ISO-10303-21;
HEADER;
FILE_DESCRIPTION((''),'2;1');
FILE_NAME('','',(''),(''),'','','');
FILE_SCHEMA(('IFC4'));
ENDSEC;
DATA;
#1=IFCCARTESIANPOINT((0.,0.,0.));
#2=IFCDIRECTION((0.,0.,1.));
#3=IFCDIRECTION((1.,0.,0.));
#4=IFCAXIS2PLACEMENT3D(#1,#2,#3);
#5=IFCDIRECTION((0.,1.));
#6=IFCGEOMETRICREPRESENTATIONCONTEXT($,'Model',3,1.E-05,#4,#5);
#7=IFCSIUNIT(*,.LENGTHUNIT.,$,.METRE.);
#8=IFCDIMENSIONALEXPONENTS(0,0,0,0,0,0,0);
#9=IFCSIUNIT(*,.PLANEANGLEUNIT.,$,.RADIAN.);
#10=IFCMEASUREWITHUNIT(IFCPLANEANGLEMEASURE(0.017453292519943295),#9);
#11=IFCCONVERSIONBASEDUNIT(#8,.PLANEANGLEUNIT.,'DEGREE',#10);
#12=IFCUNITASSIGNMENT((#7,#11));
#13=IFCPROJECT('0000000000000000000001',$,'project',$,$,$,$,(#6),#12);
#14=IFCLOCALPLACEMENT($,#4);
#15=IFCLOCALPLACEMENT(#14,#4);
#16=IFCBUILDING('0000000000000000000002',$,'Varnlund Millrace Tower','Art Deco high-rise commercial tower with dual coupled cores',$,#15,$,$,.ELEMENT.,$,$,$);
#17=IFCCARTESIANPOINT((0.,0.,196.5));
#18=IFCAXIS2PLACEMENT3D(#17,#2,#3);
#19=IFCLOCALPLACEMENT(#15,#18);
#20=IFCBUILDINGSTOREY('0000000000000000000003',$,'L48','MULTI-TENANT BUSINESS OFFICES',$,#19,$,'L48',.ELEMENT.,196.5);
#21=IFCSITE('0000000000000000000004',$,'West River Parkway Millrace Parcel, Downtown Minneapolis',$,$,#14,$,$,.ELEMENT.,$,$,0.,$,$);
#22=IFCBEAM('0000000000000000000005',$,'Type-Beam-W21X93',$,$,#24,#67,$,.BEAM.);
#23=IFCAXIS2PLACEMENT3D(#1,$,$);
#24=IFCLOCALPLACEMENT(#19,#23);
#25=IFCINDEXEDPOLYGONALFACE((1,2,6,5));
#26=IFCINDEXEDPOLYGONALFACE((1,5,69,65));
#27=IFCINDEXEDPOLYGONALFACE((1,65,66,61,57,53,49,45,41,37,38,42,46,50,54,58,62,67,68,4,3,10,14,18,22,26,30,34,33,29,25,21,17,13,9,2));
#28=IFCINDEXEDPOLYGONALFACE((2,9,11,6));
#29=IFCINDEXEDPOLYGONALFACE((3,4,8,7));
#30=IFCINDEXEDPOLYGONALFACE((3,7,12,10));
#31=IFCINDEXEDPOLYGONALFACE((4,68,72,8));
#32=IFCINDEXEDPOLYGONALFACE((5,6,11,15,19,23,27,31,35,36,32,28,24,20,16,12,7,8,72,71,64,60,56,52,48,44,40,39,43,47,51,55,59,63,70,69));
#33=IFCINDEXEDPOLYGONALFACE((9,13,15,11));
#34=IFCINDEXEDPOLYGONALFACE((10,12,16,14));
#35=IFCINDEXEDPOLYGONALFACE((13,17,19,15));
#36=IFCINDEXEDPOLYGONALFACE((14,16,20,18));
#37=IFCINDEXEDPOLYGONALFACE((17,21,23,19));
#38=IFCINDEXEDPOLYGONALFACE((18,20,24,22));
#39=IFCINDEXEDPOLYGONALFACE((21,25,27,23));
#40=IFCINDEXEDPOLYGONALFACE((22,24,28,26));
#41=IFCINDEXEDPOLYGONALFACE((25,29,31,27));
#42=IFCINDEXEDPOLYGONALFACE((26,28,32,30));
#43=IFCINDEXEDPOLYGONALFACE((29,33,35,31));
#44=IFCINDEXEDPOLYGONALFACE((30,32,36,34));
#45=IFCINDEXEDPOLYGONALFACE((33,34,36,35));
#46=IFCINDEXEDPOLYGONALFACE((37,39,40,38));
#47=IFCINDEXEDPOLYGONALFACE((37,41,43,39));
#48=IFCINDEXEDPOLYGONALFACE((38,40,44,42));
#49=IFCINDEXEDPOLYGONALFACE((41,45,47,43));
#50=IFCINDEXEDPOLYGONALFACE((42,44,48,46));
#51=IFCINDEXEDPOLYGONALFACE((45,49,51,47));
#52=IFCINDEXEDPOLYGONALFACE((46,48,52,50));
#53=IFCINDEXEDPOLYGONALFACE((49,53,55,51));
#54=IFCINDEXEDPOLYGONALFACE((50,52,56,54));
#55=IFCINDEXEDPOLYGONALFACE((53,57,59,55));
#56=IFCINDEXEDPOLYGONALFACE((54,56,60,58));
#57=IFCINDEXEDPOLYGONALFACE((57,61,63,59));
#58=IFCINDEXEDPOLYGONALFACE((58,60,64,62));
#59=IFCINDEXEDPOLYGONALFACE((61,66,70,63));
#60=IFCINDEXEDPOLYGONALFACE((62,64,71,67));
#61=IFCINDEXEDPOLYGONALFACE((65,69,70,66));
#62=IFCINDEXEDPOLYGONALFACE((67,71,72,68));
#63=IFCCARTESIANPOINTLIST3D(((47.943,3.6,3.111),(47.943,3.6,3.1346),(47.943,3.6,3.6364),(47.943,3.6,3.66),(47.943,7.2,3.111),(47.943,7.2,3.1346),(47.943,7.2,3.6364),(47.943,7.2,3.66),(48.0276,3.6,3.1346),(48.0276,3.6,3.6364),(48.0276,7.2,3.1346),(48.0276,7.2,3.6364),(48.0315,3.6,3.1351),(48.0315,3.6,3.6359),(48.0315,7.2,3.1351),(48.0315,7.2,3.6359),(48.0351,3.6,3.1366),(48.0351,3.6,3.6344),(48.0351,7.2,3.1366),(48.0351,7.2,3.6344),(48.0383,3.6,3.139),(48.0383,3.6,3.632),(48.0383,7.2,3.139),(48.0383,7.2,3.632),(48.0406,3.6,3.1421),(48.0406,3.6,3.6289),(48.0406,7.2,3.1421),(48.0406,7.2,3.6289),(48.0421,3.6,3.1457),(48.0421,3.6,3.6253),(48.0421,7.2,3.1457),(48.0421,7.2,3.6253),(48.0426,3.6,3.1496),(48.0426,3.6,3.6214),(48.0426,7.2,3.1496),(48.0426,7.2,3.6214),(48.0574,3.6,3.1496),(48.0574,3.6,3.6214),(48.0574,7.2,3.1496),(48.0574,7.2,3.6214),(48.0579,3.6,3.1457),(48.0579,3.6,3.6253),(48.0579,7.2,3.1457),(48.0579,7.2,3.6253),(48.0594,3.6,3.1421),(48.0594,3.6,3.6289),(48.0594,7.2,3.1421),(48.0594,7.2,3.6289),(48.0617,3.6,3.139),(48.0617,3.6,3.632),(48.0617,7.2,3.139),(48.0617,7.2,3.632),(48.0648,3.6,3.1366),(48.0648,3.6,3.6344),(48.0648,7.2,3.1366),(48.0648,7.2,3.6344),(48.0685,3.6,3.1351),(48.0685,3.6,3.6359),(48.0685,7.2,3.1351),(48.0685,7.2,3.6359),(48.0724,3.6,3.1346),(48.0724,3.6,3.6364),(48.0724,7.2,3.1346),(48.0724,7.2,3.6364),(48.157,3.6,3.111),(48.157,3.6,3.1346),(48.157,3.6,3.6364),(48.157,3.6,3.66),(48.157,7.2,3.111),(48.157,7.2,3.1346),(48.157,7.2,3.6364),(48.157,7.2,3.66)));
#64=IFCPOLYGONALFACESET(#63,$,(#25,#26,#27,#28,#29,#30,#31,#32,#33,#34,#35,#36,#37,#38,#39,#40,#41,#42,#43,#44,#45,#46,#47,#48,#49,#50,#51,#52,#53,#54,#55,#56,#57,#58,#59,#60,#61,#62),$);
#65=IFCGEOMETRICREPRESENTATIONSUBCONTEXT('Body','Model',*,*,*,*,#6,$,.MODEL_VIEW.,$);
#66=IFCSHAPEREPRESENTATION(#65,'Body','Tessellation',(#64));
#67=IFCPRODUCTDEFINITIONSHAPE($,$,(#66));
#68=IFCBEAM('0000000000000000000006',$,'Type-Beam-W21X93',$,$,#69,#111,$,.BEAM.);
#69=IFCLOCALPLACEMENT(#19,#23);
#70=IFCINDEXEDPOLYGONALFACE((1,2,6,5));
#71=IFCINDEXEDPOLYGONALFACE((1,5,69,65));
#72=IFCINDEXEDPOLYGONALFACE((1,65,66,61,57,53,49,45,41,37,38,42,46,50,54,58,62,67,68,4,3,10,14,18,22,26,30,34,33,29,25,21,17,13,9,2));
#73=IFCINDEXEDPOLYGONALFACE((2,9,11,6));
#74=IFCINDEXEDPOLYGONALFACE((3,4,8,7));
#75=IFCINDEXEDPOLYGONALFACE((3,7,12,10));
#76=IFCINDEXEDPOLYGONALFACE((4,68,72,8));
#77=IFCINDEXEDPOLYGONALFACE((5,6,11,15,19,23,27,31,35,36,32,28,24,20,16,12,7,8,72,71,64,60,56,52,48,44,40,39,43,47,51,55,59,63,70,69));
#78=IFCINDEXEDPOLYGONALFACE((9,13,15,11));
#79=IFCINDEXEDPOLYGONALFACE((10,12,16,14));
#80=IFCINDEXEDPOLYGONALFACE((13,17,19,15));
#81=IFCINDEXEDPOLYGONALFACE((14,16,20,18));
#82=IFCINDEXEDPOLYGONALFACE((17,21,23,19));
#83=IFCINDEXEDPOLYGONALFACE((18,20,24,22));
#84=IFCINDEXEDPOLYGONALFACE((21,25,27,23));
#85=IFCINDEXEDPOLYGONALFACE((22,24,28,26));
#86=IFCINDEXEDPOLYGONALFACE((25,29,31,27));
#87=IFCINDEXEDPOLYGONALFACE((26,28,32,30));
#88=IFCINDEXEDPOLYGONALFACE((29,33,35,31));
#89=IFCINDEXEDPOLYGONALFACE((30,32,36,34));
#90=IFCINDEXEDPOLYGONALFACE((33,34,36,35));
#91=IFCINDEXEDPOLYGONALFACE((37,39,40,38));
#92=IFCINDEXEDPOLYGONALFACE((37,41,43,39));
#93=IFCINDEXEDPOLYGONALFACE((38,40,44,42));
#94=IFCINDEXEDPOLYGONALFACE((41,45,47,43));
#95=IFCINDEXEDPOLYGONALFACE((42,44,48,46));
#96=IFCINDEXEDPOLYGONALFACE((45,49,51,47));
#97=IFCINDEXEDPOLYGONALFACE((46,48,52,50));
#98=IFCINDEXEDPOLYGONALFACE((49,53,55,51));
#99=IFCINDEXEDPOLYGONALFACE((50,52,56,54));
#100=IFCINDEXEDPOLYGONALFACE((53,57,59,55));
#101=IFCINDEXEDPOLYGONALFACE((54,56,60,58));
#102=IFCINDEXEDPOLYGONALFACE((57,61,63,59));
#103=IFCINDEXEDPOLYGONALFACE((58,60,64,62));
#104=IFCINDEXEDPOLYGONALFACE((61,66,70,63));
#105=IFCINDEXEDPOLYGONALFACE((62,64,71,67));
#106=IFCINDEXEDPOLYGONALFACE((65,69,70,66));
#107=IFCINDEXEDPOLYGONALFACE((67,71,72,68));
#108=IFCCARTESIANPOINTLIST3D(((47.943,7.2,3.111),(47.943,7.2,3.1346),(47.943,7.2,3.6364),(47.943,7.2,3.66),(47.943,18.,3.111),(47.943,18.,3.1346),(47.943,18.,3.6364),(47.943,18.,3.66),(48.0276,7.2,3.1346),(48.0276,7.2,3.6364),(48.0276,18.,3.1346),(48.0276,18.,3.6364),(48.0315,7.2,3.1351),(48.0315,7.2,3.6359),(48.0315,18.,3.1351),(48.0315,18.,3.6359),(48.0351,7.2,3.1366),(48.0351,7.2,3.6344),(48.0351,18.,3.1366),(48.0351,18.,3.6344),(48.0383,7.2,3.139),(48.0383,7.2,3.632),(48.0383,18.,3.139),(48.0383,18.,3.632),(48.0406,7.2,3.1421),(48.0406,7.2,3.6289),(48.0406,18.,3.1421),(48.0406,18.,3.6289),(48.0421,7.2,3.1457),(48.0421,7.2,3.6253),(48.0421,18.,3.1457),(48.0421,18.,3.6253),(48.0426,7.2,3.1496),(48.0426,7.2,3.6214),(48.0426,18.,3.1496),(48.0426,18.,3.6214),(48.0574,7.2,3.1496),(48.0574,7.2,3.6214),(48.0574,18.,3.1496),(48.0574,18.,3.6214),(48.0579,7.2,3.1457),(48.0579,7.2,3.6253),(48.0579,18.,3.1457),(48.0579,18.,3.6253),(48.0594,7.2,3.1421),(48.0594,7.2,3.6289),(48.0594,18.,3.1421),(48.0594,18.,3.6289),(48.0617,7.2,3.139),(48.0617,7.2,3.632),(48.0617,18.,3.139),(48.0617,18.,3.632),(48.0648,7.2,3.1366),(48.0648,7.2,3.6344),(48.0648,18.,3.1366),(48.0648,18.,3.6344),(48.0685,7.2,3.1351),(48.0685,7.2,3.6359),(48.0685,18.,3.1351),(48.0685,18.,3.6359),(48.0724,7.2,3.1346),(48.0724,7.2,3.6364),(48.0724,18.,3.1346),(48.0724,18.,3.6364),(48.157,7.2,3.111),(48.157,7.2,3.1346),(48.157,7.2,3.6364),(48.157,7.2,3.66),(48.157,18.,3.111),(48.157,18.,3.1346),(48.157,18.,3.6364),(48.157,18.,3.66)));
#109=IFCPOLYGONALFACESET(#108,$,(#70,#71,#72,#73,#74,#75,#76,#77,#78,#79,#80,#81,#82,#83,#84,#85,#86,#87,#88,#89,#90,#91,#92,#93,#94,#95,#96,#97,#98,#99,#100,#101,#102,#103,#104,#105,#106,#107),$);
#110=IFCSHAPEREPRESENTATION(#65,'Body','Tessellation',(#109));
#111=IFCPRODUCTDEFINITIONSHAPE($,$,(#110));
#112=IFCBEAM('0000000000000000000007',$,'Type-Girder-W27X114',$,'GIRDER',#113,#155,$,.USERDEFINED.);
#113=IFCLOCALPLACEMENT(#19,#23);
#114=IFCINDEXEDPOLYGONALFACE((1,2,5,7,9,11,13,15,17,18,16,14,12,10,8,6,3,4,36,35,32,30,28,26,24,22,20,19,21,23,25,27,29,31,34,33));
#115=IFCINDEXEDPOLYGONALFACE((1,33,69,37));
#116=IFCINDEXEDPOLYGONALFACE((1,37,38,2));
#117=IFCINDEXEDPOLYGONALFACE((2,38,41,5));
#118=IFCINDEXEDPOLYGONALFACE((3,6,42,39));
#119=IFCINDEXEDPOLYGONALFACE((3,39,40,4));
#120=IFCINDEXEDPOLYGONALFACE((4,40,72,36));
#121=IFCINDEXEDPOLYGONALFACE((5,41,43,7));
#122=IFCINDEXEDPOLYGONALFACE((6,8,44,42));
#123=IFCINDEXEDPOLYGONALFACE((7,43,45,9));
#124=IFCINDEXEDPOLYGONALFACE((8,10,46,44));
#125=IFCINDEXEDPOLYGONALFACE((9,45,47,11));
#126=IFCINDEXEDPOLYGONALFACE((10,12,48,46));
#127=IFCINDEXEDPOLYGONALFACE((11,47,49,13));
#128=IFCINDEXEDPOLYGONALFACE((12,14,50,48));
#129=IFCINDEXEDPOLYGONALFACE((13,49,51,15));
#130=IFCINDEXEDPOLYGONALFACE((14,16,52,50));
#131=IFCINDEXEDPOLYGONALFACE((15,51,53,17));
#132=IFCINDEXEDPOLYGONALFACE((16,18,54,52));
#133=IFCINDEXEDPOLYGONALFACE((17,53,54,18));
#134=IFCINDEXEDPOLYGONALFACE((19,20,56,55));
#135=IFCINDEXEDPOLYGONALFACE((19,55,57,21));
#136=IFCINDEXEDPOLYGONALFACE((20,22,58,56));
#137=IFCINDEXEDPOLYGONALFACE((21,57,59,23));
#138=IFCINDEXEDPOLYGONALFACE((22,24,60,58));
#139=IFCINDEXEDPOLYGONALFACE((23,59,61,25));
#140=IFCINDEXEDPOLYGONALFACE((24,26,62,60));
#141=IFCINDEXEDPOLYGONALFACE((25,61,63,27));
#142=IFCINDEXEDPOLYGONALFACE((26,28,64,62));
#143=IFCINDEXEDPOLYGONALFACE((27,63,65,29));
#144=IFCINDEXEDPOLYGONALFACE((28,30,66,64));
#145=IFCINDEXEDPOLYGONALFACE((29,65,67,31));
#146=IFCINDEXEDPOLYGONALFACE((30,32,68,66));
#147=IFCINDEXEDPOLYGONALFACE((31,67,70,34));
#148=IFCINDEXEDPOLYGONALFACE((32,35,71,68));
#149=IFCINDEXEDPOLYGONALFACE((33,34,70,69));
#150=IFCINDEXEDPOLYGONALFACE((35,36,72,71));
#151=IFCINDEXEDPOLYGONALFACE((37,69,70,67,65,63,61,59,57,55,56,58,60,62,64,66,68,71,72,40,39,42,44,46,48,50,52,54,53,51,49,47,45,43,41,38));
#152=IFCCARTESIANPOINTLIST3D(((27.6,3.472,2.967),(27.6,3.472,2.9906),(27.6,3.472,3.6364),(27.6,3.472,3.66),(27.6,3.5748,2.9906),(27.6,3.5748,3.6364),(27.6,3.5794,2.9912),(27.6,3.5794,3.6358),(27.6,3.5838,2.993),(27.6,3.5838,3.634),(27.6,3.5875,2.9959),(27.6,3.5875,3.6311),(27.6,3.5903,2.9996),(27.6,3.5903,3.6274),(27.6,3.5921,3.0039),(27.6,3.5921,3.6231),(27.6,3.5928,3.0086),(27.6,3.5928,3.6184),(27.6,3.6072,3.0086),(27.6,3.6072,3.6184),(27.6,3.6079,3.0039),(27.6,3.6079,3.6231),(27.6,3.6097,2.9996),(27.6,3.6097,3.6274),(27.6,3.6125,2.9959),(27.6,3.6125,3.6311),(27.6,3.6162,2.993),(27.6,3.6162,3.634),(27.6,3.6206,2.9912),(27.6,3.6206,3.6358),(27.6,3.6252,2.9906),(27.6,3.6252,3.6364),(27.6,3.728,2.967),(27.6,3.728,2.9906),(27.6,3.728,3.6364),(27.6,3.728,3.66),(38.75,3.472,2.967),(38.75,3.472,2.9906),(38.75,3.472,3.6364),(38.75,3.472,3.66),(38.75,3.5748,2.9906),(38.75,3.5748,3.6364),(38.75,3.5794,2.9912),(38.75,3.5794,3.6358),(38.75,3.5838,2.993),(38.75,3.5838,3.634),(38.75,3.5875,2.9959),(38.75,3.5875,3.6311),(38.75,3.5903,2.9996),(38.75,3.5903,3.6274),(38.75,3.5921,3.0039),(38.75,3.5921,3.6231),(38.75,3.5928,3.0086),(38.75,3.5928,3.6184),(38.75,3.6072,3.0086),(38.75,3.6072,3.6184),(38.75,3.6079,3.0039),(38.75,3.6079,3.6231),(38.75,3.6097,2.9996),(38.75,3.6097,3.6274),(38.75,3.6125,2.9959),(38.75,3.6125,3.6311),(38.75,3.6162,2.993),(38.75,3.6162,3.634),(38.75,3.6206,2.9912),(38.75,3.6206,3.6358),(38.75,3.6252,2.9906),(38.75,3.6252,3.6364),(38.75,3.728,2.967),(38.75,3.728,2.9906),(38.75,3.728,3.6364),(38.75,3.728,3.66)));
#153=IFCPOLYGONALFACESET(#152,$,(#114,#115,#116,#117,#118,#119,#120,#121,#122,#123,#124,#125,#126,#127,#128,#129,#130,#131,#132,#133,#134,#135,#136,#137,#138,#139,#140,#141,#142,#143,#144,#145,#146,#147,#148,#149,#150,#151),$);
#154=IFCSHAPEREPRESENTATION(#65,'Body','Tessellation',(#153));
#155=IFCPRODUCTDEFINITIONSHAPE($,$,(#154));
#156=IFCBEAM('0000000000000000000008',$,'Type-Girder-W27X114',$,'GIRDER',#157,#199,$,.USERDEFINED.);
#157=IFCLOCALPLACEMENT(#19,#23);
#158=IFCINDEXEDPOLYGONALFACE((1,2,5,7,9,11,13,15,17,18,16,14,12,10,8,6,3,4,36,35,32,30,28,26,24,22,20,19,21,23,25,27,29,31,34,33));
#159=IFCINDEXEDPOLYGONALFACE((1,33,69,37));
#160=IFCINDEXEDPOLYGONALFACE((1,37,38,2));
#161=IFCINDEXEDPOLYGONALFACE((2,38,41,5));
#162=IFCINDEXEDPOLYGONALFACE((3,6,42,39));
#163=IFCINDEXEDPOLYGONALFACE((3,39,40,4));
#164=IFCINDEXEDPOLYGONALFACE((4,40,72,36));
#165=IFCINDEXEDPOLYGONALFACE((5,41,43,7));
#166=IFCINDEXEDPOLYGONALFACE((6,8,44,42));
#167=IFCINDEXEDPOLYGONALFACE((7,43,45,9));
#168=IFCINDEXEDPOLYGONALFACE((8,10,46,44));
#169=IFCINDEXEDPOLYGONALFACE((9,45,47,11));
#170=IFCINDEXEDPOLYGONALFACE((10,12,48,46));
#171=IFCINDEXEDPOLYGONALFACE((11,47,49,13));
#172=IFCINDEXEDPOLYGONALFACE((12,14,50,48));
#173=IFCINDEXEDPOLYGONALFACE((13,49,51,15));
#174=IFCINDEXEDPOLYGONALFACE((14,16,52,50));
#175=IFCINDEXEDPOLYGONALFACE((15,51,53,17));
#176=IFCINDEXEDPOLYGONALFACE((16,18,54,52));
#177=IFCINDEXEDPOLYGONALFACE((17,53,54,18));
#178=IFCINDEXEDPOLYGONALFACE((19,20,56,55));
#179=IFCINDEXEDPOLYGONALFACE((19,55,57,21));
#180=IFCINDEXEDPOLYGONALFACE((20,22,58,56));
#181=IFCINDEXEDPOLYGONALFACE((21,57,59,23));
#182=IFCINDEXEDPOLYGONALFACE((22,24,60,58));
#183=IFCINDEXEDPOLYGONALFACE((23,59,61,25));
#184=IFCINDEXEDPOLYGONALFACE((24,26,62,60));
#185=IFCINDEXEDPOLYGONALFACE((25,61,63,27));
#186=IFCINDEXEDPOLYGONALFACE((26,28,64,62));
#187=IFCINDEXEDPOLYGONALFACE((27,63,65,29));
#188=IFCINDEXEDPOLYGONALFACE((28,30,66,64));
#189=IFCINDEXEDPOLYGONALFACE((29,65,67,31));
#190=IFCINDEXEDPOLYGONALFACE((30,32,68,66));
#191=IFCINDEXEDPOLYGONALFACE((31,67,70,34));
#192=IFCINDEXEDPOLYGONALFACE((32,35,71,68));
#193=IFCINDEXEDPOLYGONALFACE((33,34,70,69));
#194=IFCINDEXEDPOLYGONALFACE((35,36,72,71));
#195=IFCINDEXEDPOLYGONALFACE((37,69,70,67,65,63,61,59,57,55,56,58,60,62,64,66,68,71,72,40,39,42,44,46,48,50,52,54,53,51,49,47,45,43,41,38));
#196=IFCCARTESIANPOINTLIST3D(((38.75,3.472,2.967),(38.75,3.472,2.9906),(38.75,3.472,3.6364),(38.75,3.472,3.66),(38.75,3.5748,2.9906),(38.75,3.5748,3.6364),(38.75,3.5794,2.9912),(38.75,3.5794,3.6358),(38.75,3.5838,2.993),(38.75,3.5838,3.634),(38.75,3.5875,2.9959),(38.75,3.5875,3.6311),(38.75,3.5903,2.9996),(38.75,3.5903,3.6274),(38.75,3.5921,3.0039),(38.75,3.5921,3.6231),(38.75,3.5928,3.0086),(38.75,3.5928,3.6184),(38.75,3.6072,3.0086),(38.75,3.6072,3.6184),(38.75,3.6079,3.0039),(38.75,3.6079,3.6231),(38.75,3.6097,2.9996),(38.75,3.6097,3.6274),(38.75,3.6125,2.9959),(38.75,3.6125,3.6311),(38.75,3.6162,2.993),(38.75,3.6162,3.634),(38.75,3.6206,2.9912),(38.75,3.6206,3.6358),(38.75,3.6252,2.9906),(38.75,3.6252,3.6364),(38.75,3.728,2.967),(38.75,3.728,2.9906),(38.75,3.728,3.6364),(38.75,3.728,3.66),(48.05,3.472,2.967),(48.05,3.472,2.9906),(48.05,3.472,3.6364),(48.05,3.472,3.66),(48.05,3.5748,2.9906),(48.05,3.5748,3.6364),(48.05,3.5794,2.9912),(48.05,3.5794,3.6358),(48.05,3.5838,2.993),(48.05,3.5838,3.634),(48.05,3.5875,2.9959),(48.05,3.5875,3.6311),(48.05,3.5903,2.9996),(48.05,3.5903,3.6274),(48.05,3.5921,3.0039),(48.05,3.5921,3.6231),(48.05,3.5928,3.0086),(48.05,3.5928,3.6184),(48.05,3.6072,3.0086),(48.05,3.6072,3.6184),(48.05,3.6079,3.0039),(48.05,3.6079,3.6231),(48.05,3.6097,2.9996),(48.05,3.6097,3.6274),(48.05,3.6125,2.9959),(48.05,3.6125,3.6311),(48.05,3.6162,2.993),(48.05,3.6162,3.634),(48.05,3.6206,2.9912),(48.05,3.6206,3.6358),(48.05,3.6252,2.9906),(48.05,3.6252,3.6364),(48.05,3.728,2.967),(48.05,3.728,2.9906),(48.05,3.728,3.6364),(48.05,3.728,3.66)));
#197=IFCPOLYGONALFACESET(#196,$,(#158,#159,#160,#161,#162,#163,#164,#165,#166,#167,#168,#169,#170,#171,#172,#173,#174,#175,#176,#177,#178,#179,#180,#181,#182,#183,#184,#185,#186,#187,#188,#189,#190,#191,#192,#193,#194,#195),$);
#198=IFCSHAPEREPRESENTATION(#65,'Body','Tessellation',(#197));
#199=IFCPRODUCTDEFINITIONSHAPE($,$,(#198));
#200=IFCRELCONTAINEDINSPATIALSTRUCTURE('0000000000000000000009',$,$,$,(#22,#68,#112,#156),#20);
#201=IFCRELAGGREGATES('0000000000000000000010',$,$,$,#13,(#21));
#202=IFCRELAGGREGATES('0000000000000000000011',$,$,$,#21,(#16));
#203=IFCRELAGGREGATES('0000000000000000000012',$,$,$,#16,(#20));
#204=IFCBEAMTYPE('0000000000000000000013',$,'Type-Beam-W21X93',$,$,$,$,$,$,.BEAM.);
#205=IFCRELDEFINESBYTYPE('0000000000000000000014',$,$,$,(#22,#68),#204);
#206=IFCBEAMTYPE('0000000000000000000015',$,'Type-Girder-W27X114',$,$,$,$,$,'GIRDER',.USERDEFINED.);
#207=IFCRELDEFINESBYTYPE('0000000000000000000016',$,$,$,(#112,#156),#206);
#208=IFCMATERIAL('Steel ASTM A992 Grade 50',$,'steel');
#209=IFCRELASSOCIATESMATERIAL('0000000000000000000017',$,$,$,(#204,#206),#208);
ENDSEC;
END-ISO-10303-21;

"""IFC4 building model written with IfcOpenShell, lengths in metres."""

from ifc_helpers import new_model, entity, si_unit, converted_unit, direction, frame, origin_with_axes, origin_2d_with_axis, place, context, subcontext, project, spatial, i_section, extrude, material, material_profile, profile_set, type_object, element, save


model = new_model("IFC4")

# Units and contexts
model_context = context("Model", 3, precision=1e-05, world=origin_with_axes(), true_north=direction((0.0, 1.0)))
body_context = subcontext(model_context, "Body", "Model", "MODEL_VIEW")
ifc_project = project(units=[si_unit("LENGTHUNIT", "METRE"), converted_unit("PLANEANGLEUNIT", "DEGREE", entity("IfcPlaneAngleMeasure", 0.017453292519943295), si_unit("PLANEANGLEUNIT", "RADIAN"), dimensions=[0, 0, 0, 0, 0, 0, 0])], contexts=[model_context])

# Site, building, storey
site_placement = place(None, origin_with_axes())
site = spatial("IfcSite", under=ifc_project, at=site_placement, Name="West River Parkway Millrace Parcel, Downtown Minneapolis", CompositionType="ELEMENT", RefElevation=0.0)
building_placement = place(site_placement, origin_with_axes())
building = spatial("IfcBuilding", under=site, at=building_placement, Name="Varnlund Millrace Tower", Description="Art Deco high-rise commercial tower with dual coupled cores", CompositionType="ELEMENT")
storey_placement = place(building_placement, frame((0.0, 0.0, 196.5), z_axis=(0.0, 0.0, 1.0), x_axis=(1.0, 0.0, 0.0)))
storey = spatial("IfcBuildingStorey", under=building, at=storey_placement, Name="L48", Description="MULTI-TENANT BUSINESS OFFICES", LongName="L48", CompositionType="ELEMENT", Elevation=196.5)

# Beams
ifc_material_1 = material(Name="Steel ASTM A992 Grade 50", Category="steel")
ifc_material_profile_1 = material_profile(ifc_material_1, i_section(OverallWidth=0.214, OverallDepth=0.549, WebThickness=0.0147, FlangeThickness=0.0236, FilletRadius=0.015, at=origin_2d_with_axis()), Name="Steel ASTM A992 Grade 50")
ifc_profile_set_1 = profile_set([ifc_material_profile_1], Name="Steel ASTM A992 Grade 50")
beam_type_1 = type_object("IfcBeamType", Name="Type-Beam-W21X93", PredefinedType="BEAM", material=ifc_profile_set_1)
beam_1_placement = place(storey_placement, frame((48.05, 3.6, 3.3855), z_axis=(0.0, 1.0, 0.0), x_axis=(-1.0, 0.0, 0.0)))
element("IfcBeam", 1, at=beam_1_placement, inside=storey, type_object=beam_type_1, Name="Type-Beam-W21X93", PredefinedType="BEAM", context=body_context, shape_type="SweptSolid", body=[
    extrude(i_section(OverallWidth=0.214, OverallDepth=0.549, WebThickness=0.0147, FlangeThickness=0.0236, FilletRadius=0.015, at=origin_2d_with_axis()), origin_with_axes(), (0.0, 0.0, 1.0), 3.6),
])
beam_2_placement = place(storey_placement, frame((48.05, 7.2, 3.3855), z_axis=(0.0, 1.0, 0.0), x_axis=(-1.0, 0.0, 0.0)))
element("IfcBeam", 2, at=beam_2_placement, inside=storey, type_object=beam_type_1, Name="Type-Beam-W21X93", PredefinedType="BEAM", context=body_context, shape_type="SweptSolid", body=[
    extrude(i_section(OverallWidth=0.214, OverallDepth=0.549, WebThickness=0.0147, FlangeThickness=0.0236, FilletRadius=0.015, at=origin_2d_with_axis()), origin_with_axes(), (0.0, 0.0, 1.0), 10.8),
])
ifc_material_profile_2 = material_profile(ifc_material_1, i_section(OverallWidth=0.256, OverallDepth=0.693, WebThickness=0.0145, FlangeThickness=0.0236, FilletRadius=0.018, at=origin_2d_with_axis()), Name="Steel ASTM A992 Grade 50")
ifc_profile_set_2 = profile_set([ifc_material_profile_2], Name="Steel ASTM A992 Grade 50")
beam_type_2 = type_object("IfcBeamType", Name="Type-Girder-W27X114", ElementType="GIRDER", PredefinedType="USERDEFINED", material=ifc_profile_set_2)
beam_3_placement = place(storey_placement, frame((27.6, 3.6, 3.3135), z_axis=(1.0, 0.0, 0.0), x_axis=(0.0, 1.0, 0.0)))
element("IfcBeam", 3, at=beam_3_placement, inside=storey, type_object=beam_type_2, Name="Type-Girder-W27X114", ObjectType="GIRDER", PredefinedType="USERDEFINED", context=body_context, shape_type="SweptSolid", body=[
    extrude(i_section(OverallWidth=0.256, OverallDepth=0.693, WebThickness=0.0145, FlangeThickness=0.0236, FilletRadius=0.018, at=origin_2d_with_axis()), origin_with_axes(), (0.0, 0.0, 1.0), 11.15),
])
beam_4_placement = place(storey_placement, frame((38.75, 3.6, 3.3135), z_axis=(1.0, 0.0, 0.0), x_axis=(0.0, 1.0, 0.0)))
element("IfcBeam", 4, at=beam_4_placement, inside=storey, type_object=beam_type_2, Name="Type-Girder-W27X114", ObjectType="GIRDER", PredefinedType="USERDEFINED", context=body_context, shape_type="SweptSolid", body=[
    extrude(i_section(OverallWidth=0.256, OverallDepth=0.693, WebThickness=0.0145, FlangeThickness=0.0236, FilletRadius=0.018, at=origin_2d_with_axis()), origin_with_axes(), (0.0, 0.0, 1.0), 9.3),
])

save(model, "model.ifc")
